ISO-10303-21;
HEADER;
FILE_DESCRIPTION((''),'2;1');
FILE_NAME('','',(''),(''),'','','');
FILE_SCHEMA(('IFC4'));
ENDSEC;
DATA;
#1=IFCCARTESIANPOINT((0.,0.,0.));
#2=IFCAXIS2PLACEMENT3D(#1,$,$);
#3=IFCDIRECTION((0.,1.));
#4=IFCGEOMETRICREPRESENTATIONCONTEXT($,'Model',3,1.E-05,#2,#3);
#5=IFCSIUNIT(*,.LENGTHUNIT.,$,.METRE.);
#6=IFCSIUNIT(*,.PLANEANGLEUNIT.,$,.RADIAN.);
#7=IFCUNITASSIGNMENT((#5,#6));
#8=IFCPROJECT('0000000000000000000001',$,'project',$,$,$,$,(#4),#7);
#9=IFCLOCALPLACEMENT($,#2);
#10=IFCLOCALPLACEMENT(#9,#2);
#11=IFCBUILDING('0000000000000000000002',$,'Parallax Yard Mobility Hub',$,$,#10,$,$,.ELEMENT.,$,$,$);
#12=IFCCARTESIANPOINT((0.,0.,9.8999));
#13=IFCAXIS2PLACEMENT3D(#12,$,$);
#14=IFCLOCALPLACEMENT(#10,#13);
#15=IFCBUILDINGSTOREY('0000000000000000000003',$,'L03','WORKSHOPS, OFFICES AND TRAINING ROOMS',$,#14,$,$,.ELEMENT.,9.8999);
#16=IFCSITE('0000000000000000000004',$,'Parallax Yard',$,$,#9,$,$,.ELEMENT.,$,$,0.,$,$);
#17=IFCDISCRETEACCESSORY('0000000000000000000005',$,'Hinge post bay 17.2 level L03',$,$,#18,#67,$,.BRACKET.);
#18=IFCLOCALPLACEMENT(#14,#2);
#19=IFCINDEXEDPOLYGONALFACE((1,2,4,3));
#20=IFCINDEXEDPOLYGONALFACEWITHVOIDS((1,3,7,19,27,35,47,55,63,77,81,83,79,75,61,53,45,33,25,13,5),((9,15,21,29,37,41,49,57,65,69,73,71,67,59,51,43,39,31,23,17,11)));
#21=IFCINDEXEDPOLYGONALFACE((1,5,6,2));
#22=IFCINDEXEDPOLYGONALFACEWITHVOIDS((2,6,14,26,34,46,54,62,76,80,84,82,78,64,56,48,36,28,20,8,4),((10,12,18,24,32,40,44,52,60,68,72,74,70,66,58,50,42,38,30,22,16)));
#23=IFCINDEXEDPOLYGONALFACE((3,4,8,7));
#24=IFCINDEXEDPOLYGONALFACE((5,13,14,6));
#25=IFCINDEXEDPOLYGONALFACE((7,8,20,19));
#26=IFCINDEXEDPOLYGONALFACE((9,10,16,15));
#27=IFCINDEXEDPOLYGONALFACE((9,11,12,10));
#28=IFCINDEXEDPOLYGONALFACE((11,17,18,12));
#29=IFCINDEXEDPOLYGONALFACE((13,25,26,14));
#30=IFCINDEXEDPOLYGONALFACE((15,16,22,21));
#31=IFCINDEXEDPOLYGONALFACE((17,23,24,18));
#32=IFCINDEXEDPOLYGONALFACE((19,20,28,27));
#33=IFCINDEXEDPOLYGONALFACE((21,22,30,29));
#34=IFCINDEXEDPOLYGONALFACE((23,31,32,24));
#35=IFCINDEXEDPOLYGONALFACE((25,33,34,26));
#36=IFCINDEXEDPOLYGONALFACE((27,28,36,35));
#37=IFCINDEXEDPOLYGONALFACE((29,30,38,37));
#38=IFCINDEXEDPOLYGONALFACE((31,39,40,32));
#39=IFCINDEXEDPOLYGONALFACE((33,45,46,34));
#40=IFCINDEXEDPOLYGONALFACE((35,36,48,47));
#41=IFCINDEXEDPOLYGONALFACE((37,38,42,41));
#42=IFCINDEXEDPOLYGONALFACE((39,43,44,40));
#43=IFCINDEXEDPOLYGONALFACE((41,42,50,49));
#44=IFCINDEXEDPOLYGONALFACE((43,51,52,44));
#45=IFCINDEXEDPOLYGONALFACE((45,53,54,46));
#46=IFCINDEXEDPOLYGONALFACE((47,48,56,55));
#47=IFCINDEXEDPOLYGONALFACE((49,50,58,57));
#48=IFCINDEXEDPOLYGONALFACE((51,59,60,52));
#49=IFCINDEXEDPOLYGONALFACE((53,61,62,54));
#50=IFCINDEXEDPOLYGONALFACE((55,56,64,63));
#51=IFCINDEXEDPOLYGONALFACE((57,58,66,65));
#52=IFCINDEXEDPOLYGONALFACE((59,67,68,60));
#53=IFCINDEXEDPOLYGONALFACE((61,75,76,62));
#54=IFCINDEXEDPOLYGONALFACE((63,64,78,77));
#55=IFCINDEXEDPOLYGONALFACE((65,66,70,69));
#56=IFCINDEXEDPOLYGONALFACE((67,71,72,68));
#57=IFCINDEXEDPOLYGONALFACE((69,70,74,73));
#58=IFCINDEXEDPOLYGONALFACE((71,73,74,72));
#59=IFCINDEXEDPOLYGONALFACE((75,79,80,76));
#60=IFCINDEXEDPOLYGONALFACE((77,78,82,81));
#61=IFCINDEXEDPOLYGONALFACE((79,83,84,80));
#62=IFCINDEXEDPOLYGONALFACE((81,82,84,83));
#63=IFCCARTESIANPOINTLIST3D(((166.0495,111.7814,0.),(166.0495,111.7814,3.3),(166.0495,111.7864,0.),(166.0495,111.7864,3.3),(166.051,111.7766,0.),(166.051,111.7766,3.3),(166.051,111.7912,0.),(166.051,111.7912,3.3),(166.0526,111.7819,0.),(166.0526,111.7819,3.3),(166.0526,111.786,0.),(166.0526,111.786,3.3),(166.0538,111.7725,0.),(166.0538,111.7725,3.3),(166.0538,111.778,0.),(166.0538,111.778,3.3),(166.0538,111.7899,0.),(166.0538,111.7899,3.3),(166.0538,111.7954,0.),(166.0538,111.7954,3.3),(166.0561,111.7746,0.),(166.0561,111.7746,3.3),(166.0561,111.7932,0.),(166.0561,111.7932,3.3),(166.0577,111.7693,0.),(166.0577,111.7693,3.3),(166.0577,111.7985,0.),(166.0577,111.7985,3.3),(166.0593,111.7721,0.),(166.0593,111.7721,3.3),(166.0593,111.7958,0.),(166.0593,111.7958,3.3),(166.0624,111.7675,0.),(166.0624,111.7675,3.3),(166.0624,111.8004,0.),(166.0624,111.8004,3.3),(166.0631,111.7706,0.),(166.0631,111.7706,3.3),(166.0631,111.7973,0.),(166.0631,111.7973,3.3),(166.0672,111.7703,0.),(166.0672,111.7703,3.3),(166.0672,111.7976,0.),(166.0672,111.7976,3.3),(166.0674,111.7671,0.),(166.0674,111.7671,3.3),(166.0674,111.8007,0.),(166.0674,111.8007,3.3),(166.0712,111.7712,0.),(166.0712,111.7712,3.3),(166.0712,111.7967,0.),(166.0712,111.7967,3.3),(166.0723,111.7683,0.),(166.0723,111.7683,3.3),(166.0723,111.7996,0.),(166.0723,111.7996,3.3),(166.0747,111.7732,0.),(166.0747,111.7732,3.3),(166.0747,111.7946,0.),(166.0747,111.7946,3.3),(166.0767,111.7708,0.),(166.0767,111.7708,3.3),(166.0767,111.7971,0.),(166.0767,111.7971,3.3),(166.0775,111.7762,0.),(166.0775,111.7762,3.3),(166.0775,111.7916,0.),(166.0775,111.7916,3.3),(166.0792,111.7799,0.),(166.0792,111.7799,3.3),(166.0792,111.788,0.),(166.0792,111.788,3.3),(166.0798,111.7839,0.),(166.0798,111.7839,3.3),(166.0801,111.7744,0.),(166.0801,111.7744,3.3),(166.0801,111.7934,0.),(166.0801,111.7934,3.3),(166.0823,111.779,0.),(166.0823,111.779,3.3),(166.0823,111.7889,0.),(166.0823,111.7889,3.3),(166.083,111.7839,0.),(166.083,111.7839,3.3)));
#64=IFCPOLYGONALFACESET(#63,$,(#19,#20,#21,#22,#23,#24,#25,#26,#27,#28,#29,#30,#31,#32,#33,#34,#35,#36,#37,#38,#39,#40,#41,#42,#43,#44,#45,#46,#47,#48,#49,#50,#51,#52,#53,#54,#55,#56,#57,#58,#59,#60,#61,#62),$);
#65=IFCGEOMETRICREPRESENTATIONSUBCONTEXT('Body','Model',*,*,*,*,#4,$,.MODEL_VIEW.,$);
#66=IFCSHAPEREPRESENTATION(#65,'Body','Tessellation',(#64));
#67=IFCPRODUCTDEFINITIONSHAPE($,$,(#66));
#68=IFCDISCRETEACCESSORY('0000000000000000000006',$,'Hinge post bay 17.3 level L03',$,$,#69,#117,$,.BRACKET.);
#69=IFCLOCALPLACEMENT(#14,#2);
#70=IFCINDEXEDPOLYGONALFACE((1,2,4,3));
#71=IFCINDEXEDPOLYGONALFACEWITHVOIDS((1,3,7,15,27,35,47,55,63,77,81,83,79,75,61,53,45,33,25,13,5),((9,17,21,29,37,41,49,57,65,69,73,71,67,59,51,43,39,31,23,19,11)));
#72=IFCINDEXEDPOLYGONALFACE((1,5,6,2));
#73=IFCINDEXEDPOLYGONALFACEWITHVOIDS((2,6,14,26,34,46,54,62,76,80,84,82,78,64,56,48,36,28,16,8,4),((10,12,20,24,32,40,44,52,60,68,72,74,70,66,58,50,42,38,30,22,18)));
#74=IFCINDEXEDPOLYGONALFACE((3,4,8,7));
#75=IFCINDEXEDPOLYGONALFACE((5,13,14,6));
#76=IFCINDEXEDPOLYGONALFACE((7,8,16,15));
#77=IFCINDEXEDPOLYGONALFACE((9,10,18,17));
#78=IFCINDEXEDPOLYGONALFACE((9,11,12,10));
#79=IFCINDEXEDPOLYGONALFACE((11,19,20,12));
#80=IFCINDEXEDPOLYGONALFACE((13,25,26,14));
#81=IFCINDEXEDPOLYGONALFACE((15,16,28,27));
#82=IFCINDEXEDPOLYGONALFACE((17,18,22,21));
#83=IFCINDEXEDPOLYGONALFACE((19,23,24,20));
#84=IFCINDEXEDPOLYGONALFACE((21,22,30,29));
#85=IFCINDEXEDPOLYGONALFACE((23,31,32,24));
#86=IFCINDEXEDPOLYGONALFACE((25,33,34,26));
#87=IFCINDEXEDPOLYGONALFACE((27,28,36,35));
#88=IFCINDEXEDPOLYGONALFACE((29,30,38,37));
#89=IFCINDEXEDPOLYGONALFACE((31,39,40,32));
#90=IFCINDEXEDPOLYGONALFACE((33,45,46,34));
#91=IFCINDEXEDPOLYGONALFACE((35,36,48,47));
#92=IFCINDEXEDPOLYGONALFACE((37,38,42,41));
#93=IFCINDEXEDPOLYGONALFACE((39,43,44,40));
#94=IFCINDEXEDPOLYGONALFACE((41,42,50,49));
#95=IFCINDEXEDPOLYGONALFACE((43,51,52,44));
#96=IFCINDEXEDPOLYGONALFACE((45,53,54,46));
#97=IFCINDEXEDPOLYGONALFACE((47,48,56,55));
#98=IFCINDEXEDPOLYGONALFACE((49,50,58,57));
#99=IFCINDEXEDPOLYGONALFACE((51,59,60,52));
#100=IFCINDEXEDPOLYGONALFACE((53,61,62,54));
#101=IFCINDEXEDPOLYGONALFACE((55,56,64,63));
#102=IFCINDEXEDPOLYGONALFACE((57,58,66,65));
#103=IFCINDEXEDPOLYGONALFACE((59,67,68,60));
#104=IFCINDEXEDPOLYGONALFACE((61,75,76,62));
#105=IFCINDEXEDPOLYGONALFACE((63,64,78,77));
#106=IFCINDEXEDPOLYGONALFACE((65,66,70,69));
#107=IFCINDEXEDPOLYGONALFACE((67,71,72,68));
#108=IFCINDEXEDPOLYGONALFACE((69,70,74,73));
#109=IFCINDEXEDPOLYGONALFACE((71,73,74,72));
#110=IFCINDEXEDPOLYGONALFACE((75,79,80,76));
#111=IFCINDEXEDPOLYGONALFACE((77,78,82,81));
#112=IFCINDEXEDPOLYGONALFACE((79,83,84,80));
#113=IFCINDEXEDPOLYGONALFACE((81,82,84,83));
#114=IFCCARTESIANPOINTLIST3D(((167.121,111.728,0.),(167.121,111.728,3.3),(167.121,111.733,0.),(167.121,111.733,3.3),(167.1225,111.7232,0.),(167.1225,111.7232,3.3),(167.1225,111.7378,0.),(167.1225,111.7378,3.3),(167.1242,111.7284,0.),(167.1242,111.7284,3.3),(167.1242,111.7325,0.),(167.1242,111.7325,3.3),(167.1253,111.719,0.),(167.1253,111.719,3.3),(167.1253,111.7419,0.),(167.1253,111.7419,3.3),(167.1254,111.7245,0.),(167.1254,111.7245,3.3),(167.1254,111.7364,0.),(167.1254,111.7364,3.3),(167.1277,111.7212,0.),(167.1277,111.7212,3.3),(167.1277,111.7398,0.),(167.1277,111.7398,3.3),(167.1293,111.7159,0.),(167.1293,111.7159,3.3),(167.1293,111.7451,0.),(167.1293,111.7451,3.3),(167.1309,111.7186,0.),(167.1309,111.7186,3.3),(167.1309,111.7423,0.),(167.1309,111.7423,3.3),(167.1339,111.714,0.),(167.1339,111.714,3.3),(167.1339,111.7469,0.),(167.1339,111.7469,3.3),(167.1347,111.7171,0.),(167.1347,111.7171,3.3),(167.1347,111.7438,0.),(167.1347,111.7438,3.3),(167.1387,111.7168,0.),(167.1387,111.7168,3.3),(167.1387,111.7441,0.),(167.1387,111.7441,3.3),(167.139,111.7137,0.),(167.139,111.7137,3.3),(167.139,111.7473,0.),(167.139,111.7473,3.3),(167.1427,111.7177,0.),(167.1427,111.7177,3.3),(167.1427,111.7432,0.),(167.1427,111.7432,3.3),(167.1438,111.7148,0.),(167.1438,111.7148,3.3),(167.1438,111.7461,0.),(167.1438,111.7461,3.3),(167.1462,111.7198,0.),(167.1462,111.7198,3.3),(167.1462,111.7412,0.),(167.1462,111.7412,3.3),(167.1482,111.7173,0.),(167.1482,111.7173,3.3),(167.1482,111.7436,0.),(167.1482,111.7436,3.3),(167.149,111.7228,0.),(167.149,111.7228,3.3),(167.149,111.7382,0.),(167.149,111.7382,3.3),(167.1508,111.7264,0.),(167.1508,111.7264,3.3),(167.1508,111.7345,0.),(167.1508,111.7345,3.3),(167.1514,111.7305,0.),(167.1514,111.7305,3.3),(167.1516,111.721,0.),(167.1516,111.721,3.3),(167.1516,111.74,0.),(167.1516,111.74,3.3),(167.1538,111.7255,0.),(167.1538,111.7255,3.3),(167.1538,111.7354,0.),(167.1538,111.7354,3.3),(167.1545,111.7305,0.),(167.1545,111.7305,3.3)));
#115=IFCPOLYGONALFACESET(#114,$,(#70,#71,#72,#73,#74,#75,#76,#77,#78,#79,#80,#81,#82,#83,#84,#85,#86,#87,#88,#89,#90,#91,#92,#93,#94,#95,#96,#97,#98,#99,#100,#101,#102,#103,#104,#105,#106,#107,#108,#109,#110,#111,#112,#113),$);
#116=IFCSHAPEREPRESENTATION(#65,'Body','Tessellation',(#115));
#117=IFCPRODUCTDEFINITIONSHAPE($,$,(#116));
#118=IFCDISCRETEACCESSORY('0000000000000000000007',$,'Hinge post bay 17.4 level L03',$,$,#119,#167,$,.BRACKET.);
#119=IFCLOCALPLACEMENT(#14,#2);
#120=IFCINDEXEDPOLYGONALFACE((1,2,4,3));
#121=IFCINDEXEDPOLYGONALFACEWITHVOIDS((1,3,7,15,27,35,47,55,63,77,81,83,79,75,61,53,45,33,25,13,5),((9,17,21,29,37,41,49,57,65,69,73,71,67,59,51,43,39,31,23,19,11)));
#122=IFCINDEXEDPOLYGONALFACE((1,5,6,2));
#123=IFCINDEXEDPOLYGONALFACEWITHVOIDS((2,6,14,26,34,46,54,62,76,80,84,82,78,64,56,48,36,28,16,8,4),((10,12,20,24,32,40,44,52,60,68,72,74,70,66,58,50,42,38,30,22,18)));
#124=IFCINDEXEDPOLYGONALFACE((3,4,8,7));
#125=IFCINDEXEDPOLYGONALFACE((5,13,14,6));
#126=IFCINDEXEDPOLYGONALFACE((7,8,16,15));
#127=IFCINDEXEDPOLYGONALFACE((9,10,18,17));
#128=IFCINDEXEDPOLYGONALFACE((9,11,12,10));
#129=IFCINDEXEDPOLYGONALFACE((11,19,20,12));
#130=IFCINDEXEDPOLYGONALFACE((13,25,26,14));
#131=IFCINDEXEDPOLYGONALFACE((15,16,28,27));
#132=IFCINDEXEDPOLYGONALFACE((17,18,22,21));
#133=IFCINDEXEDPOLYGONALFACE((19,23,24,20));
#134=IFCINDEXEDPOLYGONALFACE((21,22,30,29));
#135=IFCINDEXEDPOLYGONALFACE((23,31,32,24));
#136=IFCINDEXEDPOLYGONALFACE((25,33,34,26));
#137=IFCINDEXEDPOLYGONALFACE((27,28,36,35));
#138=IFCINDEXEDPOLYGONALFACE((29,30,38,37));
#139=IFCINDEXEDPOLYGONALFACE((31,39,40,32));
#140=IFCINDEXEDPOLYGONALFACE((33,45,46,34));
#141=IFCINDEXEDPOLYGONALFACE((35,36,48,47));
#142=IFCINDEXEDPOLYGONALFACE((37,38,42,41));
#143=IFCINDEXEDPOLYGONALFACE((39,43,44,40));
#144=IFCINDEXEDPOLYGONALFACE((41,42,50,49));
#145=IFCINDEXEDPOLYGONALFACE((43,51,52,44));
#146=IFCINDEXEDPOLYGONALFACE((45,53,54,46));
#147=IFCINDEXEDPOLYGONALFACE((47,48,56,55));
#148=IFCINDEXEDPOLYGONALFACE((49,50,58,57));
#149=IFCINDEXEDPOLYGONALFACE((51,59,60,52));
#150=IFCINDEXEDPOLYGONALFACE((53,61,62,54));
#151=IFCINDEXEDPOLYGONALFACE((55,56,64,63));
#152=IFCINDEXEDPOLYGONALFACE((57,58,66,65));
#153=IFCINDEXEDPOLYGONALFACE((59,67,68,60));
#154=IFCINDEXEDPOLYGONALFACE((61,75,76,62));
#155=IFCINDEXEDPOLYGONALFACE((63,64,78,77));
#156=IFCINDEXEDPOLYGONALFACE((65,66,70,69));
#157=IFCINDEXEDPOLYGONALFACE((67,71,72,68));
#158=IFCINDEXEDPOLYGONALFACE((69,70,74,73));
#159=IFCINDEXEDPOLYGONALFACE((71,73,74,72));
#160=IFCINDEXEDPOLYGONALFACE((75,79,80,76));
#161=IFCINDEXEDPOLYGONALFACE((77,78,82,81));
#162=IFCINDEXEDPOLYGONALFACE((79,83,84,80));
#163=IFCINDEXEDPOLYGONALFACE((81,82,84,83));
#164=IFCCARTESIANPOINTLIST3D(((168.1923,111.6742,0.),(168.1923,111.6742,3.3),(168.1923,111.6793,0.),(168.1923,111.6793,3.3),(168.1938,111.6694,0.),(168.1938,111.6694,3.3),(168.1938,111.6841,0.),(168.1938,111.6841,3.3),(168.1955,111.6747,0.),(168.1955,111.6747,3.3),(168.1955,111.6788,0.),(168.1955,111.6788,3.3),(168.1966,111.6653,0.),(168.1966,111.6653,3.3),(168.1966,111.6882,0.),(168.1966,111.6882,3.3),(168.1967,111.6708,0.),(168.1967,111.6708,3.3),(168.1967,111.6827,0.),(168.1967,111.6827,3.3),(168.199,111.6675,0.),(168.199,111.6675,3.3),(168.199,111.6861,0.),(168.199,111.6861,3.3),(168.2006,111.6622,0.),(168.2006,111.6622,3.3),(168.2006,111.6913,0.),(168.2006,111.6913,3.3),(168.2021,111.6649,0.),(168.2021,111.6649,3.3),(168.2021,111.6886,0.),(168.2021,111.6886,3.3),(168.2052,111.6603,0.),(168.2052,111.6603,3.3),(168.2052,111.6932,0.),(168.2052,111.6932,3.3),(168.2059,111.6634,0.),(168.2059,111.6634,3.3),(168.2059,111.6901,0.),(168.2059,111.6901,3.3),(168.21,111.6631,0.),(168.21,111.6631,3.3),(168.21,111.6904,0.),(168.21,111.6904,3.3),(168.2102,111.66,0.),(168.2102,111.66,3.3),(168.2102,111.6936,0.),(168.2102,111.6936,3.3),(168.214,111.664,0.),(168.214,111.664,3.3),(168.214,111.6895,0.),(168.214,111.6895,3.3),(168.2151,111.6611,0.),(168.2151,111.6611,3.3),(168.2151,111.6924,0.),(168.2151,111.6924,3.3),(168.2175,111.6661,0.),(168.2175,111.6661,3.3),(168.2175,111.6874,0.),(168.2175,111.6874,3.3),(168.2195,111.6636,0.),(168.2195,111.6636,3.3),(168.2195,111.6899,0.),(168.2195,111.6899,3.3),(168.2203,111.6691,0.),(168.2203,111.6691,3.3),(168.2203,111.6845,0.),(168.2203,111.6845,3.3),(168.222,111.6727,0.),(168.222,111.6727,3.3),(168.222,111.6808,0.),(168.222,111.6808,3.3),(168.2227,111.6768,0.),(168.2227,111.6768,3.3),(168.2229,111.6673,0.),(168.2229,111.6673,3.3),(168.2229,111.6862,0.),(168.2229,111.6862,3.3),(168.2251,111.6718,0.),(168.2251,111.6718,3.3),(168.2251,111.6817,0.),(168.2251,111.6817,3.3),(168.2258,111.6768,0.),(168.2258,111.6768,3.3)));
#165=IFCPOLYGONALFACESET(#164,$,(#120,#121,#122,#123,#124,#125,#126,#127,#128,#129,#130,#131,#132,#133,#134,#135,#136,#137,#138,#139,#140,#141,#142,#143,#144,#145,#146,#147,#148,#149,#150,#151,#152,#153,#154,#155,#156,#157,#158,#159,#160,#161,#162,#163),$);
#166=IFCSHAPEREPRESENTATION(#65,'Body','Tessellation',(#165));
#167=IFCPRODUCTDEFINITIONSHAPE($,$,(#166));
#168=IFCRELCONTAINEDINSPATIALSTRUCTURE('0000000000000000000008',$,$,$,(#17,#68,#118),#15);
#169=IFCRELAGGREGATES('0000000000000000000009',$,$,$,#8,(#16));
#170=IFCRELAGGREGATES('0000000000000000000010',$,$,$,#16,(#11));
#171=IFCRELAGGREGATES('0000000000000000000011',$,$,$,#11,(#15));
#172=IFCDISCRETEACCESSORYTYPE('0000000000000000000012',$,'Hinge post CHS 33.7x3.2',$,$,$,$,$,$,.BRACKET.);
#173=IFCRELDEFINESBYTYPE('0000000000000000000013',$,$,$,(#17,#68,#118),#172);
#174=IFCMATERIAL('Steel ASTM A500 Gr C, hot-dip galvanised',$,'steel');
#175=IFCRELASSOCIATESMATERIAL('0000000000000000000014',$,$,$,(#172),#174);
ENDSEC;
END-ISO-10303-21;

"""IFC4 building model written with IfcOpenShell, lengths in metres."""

from ifc_helpers import new_model, si_unit, direction, frame, origin, origin_2d, place, context, subcontext, project, spatial, hollow_circle, extrude, material, material_profile, profile_set, type_object, element, save


model = new_model("IFC4")

# Units and contexts
model_context = context("Model", 3, precision=1e-05, world=origin(), true_north=direction((0.0, 1.0)))
body_context = subcontext(model_context, "Body", "Model", "MODEL_VIEW")
ifc_project = project(units=[si_unit("LENGTHUNIT", "METRE"), si_unit("PLANEANGLEUNIT", "RADIAN")], contexts=[model_context])

# Site, building, storey
site_placement = place(None, origin())
site = spatial("IfcSite", under=ifc_project, at=site_placement, Name="Parallax Yard", CompositionType="ELEMENT", RefElevation=0.0)
building_placement = place(site_placement, origin())
building = spatial("IfcBuilding", under=site, at=building_placement, Name="Parallax Yard Mobility Hub", CompositionType="ELEMENT")
storey_placement = place(building_placement, frame((0.0, 0.0, 9.8999)))
storey = spatial("IfcBuildingStorey", under=building, at=storey_placement, Name="L03", Description="WORKSHOPS, OFFICES AND TRAINING ROOMS", CompositionType="ELEMENT", Elevation=9.8999)

# Discrete accessories
ifc_material_1 = material(Name="Steel ASTM A500 Gr C, hot-dip galvanised", Category="steel")
ifc_material_profile_1 = material_profile(ifc_material_1, hollow_circle(Radius=0.0168, WallThickness=0.0032, at=origin_2d()), Name="CHS 33.7x3.2")
ifc_profile_set_1 = profile_set([ifc_material_profile_1], Name="Steel ASTM A500 Gr C, hot-dip galvanised")
discrete_accessory_type_1 = type_object("IfcDiscreteAccessoryType", Name="Hinge post CHS 33.7x3.2", PredefinedType="BRACKET", material=ifc_profile_set_1)
for number, where, z_axis, x_axis, name in (
    (1, (166.0662, 111.7839, 0.0), (0.0, 0.0, 1.0), (1.0, 0.0, 0.0), "Hinge post bay 17.2 level L03"),
    (2, (167.1377, 111.7305, 0.0), (0.0, 0.0, 1.0), (1.0, 0.0, 0.0), "Hinge post bay 17.3 level L03"),
    (3, (168.209, 111.6768, 0.0), (0.0, 0.0, 1.0), (1.0, 0.0, 0.0), "Hinge post bay 17.4 level L03"),
):
    element("IfcDiscreteAccessory", number, at=place(storey_placement, frame(where, z_axis=z_axis, x_axis=x_axis)), inside=storey, type_object=discrete_accessory_type_1, Name=name, PredefinedType="BRACKET", context=body_context, shape_type="SweptSolid", body=[
        extrude(hollow_circle(Radius=0.0168, WallThickness=0.0032, at=origin_2d()), origin(), (0.0, 0.0, 1.0), 3.3),
    ])

save(model, "model.ifc")
